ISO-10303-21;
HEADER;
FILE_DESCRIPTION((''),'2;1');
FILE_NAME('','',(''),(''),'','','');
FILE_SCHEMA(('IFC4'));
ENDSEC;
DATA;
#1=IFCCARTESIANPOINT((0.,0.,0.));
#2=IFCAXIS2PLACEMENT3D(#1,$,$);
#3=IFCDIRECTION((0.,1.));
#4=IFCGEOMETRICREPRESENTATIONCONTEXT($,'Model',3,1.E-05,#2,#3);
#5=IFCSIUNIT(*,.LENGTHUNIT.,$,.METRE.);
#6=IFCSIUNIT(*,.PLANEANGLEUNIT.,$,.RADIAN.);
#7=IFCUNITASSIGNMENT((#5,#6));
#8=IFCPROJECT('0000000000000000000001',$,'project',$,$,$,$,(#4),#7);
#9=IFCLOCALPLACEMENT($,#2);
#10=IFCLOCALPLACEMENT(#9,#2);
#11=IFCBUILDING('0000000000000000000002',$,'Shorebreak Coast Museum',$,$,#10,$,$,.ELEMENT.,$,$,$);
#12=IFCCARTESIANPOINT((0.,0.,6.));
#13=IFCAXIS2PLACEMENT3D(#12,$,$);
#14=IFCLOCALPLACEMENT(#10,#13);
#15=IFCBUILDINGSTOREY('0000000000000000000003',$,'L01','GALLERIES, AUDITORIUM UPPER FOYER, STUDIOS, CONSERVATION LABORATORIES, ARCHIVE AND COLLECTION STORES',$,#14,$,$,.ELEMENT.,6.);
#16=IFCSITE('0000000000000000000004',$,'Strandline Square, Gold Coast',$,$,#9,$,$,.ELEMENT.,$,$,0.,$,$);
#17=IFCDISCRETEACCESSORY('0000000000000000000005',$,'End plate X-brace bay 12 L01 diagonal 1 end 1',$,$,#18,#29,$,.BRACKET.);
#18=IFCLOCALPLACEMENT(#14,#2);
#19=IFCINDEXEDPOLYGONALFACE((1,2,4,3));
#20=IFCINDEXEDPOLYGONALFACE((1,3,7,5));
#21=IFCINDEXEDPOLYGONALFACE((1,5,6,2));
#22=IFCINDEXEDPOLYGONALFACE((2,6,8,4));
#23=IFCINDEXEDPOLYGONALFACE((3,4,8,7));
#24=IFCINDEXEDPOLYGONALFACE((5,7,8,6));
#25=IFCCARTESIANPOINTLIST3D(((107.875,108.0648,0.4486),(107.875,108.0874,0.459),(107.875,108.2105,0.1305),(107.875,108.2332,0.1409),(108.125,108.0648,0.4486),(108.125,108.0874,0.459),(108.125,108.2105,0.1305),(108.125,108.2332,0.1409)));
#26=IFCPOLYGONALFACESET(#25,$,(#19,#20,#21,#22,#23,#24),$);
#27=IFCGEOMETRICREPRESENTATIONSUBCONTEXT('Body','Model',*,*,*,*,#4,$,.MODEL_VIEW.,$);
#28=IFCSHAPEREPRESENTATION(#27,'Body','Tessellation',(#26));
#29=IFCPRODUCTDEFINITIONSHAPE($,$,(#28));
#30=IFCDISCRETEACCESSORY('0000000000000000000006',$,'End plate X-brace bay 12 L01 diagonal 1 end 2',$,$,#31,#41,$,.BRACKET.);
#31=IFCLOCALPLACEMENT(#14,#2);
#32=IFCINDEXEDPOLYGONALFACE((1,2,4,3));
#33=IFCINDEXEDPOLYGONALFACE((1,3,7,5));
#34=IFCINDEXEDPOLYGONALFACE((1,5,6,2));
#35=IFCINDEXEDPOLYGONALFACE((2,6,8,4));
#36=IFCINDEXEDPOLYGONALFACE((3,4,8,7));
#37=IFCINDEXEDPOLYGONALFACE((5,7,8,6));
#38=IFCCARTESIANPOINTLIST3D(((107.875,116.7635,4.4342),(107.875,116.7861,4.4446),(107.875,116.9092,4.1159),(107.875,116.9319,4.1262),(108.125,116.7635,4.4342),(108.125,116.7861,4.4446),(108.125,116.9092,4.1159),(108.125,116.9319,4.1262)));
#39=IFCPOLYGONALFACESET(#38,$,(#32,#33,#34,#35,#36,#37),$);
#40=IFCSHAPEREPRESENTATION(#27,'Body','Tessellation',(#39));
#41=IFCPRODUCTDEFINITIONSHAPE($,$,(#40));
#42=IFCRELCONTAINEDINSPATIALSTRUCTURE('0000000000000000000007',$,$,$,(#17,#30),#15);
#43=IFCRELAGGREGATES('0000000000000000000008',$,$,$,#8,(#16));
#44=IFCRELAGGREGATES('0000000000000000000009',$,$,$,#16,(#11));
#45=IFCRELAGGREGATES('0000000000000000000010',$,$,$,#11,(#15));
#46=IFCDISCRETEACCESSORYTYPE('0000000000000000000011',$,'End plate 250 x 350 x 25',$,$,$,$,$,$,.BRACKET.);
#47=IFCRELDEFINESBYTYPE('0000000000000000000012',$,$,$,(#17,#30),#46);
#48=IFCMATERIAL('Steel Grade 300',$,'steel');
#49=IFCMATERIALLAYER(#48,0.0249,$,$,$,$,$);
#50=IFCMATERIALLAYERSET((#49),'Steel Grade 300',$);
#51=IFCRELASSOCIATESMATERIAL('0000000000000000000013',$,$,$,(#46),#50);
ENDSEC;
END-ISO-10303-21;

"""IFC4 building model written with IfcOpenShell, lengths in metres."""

from ifc_helpers import new_model, si_unit, direction, frame, origin, place, context, subcontext, project, spatial, polyline, outline, extrude, material, layer, layer_set, type_object, element, save


model = new_model("IFC4")

# Units and contexts
model_context = context("Model", 3, precision=1e-05, world=origin(), true_north=direction((0.0, 1.0)))
body_context = subcontext(model_context, "Body", "Model", "MODEL_VIEW")
ifc_project = project(units=[si_unit("LENGTHUNIT", "METRE"), si_unit("PLANEANGLEUNIT", "RADIAN")], contexts=[model_context])

# Site, building, storey
site_placement = place(None, origin())
site = spatial("IfcSite", under=ifc_project, at=site_placement, Name="Strandline Square, Gold Coast", CompositionType="ELEMENT", RefElevation=0.0)
building_placement = place(site_placement, origin())
building = spatial("IfcBuilding", under=site, at=building_placement, Name="Shorebreak Coast Museum", CompositionType="ELEMENT")
storey_placement = place(building_placement, frame((0.0, 0.0, 6.0)))
storey = spatial("IfcBuildingStorey", under=building, at=storey_placement, Name="L01", Description="GALLERIES, AUDITORIUM UPPER FOYER, STUDIOS, CONSERVATION LABORATORIES, ARCHIVE AND COLLECTION STORES", CompositionType="ELEMENT", Elevation=6.0)

# Discrete accessories
ifc_material_1 = material(Name="Steel Grade 300", Category="steel")
ifc_layer_1 = layer(ifc_material_1, 0.0249)
ifc_layer_set_1 = layer_set([ifc_layer_1], Name="Steel Grade 300")
discrete_accessory_type = type_object("IfcDiscreteAccessoryType", Name="End plate 250 x 350 x 25", PredefinedType="BRACKET", material=ifc_layer_set_1)
discrete_accessory_1_placement = place(storey_placement, frame((108.125, 108.2332, 0.1409), z_axis=(0.0, 0.90912, 0.416535), x_axis=(-1.0, 0.0, 0.0)))
element("IfcDiscreteAccessory", 1, at=discrete_accessory_1_placement, inside=storey, type_object=discrete_accessory_type, Name="End plate X-brace bay 12 L01 diagonal 1 end 1", PredefinedType="BRACKET", context=body_context, shape_type="SweptSolid", body=[
    extrude(outline(polyline([(0.0, 0.0), (0.25, 0.0), (0.25, 0.3499), (0.0, 0.3499), (0.0, 0.0)])), origin(), (0.0, 0.0, -1.0), 0.0249),
])
discrete_accessory_2_placement = place(storey_placement, frame((108.125, 116.9319, 4.1262), z_axis=(0.0, 0.909241, 0.416271), x_axis=(-1.0, 0.0, 0.0)))
element("IfcDiscreteAccessory", 2, at=discrete_accessory_2_placement, inside=storey, type_object=discrete_accessory_type, Name="End plate X-brace bay 12 L01 diagonal 1 end 2", PredefinedType="BRACKET", context=body_context, shape_type="SweptSolid", body=[
    extrude(outline(polyline([(0.0, 0.0), (0.25, 0.0), (0.25, 0.3501), (0.0, 0.3501), (0.0, 0.0)])), origin(), (0.0, 0.0, -1.0), 0.0249),
])

save(model, "model.ifc")
